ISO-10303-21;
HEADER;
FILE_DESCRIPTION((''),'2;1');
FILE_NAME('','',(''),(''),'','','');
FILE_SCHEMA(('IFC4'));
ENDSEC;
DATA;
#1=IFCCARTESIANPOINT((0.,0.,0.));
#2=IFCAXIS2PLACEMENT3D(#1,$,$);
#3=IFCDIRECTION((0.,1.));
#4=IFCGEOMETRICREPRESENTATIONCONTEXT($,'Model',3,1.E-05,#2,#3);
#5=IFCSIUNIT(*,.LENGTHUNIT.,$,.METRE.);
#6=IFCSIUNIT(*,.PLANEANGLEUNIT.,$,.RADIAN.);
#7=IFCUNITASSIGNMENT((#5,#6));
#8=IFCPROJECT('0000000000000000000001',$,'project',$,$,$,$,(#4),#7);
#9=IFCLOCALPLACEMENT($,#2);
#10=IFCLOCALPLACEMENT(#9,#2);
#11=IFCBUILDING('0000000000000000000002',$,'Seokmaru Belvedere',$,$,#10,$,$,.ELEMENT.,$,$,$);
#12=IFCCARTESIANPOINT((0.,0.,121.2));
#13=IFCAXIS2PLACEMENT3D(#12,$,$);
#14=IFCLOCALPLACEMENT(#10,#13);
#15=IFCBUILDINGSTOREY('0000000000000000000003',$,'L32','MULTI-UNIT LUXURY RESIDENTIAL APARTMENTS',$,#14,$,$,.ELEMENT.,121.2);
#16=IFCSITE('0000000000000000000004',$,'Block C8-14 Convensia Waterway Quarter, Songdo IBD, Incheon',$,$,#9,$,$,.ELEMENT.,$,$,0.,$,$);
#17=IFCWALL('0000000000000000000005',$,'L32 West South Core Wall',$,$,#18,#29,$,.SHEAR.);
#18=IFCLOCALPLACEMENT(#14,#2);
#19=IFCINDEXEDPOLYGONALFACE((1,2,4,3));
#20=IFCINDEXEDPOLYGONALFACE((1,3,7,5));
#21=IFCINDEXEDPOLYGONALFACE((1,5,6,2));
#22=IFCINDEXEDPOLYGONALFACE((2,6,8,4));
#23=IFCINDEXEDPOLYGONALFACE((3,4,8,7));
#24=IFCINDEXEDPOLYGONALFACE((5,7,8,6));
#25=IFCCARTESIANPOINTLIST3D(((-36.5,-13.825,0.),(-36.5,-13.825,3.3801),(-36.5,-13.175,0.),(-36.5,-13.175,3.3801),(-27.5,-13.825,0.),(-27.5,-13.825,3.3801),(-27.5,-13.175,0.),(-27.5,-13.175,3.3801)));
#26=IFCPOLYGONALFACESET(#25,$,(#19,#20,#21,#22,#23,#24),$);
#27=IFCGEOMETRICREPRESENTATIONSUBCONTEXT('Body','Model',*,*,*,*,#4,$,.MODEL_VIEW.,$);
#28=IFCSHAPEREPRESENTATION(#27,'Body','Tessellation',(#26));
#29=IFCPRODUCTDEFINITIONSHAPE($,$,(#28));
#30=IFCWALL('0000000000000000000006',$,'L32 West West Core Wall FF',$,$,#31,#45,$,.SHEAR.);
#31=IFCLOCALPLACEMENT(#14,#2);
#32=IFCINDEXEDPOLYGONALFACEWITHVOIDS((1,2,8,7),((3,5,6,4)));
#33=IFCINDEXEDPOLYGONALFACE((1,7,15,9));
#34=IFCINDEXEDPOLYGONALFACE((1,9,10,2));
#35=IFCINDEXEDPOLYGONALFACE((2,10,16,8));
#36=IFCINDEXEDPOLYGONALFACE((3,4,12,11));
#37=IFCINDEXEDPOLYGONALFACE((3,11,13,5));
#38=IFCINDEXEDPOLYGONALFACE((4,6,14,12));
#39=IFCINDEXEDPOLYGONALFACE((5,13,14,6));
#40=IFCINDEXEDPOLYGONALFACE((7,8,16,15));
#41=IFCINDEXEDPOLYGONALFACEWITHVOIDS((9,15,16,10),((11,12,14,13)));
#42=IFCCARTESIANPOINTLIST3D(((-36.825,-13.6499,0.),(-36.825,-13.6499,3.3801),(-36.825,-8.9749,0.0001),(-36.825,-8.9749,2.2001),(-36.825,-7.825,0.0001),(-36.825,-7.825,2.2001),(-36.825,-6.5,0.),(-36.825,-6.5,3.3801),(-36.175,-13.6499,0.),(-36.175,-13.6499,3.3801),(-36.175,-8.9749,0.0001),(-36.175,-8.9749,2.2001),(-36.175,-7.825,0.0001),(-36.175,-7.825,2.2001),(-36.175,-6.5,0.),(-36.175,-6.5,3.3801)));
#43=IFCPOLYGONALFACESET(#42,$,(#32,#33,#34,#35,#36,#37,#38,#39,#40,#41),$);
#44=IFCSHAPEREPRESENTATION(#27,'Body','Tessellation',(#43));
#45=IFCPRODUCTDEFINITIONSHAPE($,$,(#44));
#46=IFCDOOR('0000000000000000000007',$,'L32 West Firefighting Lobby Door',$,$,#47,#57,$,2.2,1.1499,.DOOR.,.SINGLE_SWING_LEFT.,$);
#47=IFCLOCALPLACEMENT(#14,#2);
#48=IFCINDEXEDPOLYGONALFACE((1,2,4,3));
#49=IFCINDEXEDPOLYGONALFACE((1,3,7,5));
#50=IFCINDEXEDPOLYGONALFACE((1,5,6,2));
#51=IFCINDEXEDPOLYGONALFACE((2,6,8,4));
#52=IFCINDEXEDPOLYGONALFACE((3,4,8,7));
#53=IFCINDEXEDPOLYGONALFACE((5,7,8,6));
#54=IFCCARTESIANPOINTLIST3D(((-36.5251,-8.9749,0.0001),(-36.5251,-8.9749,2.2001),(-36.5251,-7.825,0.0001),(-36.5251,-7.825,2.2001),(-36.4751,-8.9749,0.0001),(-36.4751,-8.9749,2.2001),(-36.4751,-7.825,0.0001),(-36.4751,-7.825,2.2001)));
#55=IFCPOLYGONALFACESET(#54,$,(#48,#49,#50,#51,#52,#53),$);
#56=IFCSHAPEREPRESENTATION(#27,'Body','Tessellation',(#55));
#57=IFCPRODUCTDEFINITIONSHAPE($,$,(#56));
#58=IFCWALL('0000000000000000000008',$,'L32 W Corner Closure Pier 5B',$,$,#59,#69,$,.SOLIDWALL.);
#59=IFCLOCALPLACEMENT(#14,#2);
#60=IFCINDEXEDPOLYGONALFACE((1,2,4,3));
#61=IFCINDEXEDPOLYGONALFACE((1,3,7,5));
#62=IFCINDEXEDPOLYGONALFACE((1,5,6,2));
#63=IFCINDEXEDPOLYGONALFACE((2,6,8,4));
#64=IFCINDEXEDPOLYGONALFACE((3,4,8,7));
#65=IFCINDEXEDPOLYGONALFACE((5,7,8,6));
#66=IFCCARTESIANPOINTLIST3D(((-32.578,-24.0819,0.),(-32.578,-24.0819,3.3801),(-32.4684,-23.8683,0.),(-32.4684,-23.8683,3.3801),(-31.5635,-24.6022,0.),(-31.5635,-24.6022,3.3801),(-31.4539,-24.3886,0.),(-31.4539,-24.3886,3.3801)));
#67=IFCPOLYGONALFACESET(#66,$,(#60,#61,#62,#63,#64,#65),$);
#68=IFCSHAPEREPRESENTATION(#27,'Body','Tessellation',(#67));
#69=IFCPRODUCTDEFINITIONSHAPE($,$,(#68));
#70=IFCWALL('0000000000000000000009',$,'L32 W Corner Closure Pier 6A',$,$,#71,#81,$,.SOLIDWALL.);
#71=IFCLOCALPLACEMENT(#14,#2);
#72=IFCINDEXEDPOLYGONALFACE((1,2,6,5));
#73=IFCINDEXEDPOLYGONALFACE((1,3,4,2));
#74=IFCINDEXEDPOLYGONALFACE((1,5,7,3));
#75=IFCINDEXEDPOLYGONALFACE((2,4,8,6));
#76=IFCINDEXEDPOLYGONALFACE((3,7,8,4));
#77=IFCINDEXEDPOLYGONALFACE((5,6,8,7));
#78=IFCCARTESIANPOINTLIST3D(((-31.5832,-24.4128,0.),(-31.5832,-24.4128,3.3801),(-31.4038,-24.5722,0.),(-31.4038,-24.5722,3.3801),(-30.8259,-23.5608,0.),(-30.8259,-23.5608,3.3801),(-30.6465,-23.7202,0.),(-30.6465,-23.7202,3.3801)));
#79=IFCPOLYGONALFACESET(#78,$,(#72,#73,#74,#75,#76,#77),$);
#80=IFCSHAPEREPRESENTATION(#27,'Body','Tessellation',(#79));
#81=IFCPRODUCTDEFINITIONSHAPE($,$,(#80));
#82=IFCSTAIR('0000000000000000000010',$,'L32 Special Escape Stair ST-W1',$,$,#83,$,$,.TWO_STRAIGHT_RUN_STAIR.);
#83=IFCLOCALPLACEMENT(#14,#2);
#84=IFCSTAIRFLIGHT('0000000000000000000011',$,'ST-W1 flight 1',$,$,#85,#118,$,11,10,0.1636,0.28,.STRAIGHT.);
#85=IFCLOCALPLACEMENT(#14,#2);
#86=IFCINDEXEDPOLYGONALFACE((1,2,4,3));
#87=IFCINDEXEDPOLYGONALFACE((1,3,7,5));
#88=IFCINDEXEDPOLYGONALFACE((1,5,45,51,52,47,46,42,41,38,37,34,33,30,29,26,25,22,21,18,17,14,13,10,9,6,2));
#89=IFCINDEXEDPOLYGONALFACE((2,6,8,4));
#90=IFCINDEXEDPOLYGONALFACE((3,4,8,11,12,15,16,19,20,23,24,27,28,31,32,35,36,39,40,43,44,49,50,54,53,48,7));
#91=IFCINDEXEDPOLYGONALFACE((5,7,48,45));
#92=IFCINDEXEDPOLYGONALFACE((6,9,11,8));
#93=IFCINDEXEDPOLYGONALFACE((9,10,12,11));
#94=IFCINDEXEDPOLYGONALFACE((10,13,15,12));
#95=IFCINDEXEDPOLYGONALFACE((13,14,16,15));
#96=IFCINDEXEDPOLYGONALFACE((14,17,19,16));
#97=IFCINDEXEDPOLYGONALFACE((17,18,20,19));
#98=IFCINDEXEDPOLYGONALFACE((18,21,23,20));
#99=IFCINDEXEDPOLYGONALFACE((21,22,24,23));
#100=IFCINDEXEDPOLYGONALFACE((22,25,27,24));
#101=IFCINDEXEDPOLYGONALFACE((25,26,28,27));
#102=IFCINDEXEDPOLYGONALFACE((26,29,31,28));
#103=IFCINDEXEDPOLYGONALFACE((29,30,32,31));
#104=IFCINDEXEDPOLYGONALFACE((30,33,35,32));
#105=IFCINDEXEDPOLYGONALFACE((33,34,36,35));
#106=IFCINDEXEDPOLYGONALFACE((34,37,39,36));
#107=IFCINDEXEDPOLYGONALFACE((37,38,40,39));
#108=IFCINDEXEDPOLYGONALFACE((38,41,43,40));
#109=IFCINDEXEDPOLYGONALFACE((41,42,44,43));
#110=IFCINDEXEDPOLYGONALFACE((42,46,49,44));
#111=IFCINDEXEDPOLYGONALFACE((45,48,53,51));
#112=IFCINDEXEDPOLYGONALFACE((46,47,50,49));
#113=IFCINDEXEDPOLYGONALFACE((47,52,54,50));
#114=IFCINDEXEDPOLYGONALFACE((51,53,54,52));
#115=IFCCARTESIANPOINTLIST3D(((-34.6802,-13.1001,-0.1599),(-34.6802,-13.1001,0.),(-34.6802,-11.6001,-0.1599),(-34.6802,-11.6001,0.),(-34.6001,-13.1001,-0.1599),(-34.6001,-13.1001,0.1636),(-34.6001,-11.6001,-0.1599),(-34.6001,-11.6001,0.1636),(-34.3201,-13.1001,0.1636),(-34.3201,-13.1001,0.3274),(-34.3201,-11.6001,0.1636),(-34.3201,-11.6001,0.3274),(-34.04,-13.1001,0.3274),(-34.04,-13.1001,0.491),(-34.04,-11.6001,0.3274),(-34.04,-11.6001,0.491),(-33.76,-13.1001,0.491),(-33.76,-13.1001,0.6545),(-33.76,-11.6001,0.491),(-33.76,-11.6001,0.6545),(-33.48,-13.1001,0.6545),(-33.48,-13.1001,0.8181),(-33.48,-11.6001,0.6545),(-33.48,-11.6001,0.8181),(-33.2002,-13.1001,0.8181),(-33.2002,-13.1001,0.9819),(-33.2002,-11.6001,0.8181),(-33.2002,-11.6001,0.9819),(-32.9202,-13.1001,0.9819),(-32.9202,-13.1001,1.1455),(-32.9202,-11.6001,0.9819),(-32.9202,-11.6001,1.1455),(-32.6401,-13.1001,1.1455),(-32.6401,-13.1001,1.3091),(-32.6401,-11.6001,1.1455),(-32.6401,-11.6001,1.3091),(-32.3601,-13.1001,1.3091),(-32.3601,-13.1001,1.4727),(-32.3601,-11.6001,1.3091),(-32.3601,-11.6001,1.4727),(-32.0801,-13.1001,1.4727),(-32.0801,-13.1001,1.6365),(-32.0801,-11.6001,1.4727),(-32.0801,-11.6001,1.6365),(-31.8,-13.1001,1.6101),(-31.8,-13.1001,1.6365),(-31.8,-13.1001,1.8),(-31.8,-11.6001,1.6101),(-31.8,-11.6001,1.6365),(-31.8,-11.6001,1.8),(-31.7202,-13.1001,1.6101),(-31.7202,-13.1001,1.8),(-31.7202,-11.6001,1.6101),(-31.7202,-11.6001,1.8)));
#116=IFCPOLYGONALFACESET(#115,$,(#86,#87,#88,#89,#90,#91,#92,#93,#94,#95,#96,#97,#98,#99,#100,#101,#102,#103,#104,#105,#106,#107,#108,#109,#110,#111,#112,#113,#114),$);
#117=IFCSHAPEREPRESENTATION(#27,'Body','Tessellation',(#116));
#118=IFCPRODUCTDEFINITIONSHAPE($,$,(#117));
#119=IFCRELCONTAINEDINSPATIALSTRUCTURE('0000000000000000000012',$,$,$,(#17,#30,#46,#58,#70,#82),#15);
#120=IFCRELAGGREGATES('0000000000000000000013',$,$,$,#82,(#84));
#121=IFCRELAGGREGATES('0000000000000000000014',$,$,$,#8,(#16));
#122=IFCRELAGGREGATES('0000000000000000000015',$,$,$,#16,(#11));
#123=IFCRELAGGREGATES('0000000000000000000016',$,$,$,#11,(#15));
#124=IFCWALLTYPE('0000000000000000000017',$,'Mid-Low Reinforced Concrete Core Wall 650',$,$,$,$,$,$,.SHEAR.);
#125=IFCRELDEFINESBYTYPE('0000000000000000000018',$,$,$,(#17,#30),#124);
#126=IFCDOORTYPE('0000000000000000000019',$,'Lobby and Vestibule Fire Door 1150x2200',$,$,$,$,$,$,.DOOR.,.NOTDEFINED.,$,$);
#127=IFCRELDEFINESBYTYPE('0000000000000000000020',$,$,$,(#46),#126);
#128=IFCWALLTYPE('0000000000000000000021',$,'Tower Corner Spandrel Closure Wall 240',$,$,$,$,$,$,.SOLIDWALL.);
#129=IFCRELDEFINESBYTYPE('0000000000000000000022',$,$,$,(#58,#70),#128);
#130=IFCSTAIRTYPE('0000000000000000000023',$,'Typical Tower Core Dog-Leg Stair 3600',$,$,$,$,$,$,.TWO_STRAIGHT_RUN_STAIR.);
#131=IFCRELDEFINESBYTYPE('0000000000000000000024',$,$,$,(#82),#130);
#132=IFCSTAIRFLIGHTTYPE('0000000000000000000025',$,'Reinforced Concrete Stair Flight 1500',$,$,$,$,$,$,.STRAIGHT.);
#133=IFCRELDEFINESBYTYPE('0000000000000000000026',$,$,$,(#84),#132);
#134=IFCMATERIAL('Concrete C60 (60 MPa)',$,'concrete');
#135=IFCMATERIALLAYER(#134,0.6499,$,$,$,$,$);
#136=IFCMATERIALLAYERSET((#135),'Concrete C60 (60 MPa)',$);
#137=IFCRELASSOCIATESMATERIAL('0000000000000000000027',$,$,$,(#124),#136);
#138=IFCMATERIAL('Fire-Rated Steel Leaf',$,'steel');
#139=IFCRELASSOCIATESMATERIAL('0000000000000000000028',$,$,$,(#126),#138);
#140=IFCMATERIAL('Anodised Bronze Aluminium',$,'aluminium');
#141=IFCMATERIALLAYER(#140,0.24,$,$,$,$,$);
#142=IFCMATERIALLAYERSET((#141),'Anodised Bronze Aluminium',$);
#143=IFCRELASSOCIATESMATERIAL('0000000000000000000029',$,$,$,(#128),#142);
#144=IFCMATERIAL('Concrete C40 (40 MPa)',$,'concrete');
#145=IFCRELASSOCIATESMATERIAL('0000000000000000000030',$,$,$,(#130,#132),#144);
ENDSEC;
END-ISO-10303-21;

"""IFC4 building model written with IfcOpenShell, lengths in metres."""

from ifc_helpers import new_model, si_unit, direction, frame, frame_2d, origin, place, context, subcontext, project, spatial, polyline, rectangle, outline, extrude, source, transform, mapped, material, layer, layer_set, type_object, type_shapes, element, fill, aggregate, save


model = new_model("IFC4")

# Units and contexts
model_context = context("Model", 3, precision=1e-05, world=origin(), true_north=direction((0.0, 1.0)))
body_context = subcontext(model_context, "Body", "Model", "MODEL_VIEW")
ifc_project = project(units=[si_unit("LENGTHUNIT", "METRE"), si_unit("PLANEANGLEUNIT", "RADIAN")], contexts=[model_context])

# Site, building, storey
site_placement = place(None, origin())
site = spatial("IfcSite", under=ifc_project, at=site_placement, Name="Block C8-14 Convensia Waterway Quarter, Songdo IBD, Incheon", CompositionType="ELEMENT", RefElevation=0.0)
building_placement = place(site_placement, origin())
building = spatial("IfcBuilding", under=site, at=building_placement, Name="Seokmaru Belvedere", CompositionType="ELEMENT")
storey_placement = place(building_placement, frame((0.0, 0.0, 121.2)))
storey = spatial("IfcBuildingStorey", under=building, at=storey_placement, Name="L32", Description="MULTI-UNIT LUXURY RESIDENTIAL APARTMENTS", CompositionType="ELEMENT", Elevation=121.2)

# Shared definitions
ifc_material_1 = material(Name="Anodised Bronze Aluminium", Category="aluminium")

# Wall
ifc_material_2 = material(Name="Concrete C60 (60 MPa)", Category="concrete")
ifc_layer_1 = layer(ifc_material_2, 0.6499)
ifc_layer_set_1 = layer_set([ifc_layer_1], Name="Concrete C60 (60 MPa)")
wall_type_1 = type_object("IfcWallType", Name="Mid-Low Reinforced Concrete Core Wall 650", PredefinedType="SHEAR", material=ifc_layer_set_1)
wall_1_placement = place(storey_placement, frame((-36.5, -13.5, 0.0), z_axis=(0.0, 0.0, 1.0), x_axis=(1.0, 0.0, 0.0)))
element("IfcWall", 1, at=wall_1_placement, inside=storey, type_object=wall_type_1, Name="L32 West South Core Wall", PredefinedType="SHEAR", context=body_context, shape_type="SweptSolid", body=[
    extrude(rectangle(XDim=9.0, YDim=0.6499, at=frame_2d((4.5, 0.0))), origin(), (0.0, 0.0, 1.0), 3.3801),
])

# Wall, opening, door
wall_2_placement = place(storey_placement, frame((-36.5, -13.6499, 0.0), z_axis=(0.0, 0.0, 1.0), x_axis=(0.0, 1.0, 0.0)))
wall_2 = element("IfcWall", 2, at=wall_2_placement, inside=storey, type_object=wall_type_1, Name="L32 West West Core Wall FF", PredefinedType="SHEAR", context=body_context, shape_type="SweptSolid", body=[
    extrude(rectangle(XDim=7.1499, YDim=0.6499, at=frame_2d((3.575, 0.0))), origin(), (0.0, 0.0, 1.0), 3.3801),
])
opening_placement = place(wall_2_placement, frame((4.675, 0.0, 0.0)))
opening = element("IfcOpeningElement", 3, at=opening_placement, cuts=wall_2, PredefinedType="OPENING", context=body_context, shape_type="SweptSolid", body=[
    extrude(rectangle(XDim=1.1499, YDim=2.2, at=frame_2d((0.575, 1.1001))), frame((0.0, 0.335, 0.0), z_axis=(0.0, -1.0, 0.0), x_axis=(1.0, 0.0, 0.0)), (0.0, 0.0, 1.0), 0.6699),
])
ifc_material_3 = material(Name="Fire-Rated Steel Leaf", Category="steel")
door_type = type_object("IfcDoorType", Name="Lobby and Vestibule Fire Door 1150x2200", OperationType="NOTDEFINED", PredefinedType="DOOR", material=ifc_material_3)
shared_shape_1 = source(origin(), body_context, "Body", "SweptSolid", [
    extrude(rectangle(XDim=1.1499, YDim=2.2, at=frame_2d((0.575, 1.1001))), frame((0.0, 0.0249, 0.0), z_axis=(0.0, -1.0, 0.0), x_axis=(1.0, 0.0, 0.0)), (0.0, 0.0, 1.0), 0.05),
])
type_shapes(door_type, [shared_shape_1])
door_placement = place(opening_placement, frame((1.1499, 0.0, 0.0), z_axis=(0.0, 0.0, 1.0), x_axis=(-1.0, 0.0, 0.0)))
door = element("IfcDoor", 4, at=door_placement, inside=storey, type_object=door_type, Name="L32 West Firefighting Lobby Door", OperationType="SINGLE_SWING_LEFT", OverallHeight=2.2, OverallWidth=1.1499, PredefinedType="DOOR", context=body_context, shape_type="MappedRepresentation", body=[
    mapped(shared_shape_1, transform((0.0, 0.0, 0.0), scale=1.0)),
])
fill(opening, door)

# Walls
ifc_layer_2 = layer(ifc_material_1, 0.24)
ifc_layer_set_2 = layer_set([ifc_layer_2], Name="Anodised Bronze Aluminium")
wall_type_2 = type_object("IfcWallType", Name="Tower Corner Spandrel Closure Wall 240", PredefinedType="SOLIDWALL", material=ifc_layer_set_2)
wall_3_placement = place(storey_placement, frame((-32.5232, -23.9751, 0.0), z_axis=(0.0, 0.0, 1.0), x_axis=(0.889797, -0.456356, 0.0)))
element("IfcWall", 5, at=wall_3_placement, inside=storey, type_object=wall_type_2, Name="L32 W Corner Closure Pier 5B", PredefinedType="SOLIDWALL", context=body_context, shape_type="SweptSolid", body=[
    extrude(rectangle(XDim=1.1401, YDim=0.24, at=frame_2d((0.5701, 0.0))), origin(), (0.0, 0.0, 1.0), 3.3801),
])
wall_4_placement = place(storey_placement, frame((-31.4934, -24.4924, 0.0), z_axis=(0.0, 0.0, 1.0), x_axis=(0.664337, 0.747433, 0.0)))
element("IfcWall", 6, at=wall_4_placement, inside=storey, type_object=wall_type_2, Name="L32 W Corner Closure Pier 6A", PredefinedType="SOLIDWALL", context=body_context, shape_type="SweptSolid", body=[
    extrude(rectangle(XDim=1.1399, YDim=0.24, at=frame_2d((0.5698, 0.0))), origin(), (0.0, 0.0, 1.0), 3.3801),
])

# Stair, stair flight
ifc_material_4 = material(Name="Concrete C40 (40 MPa)", Category="concrete")
stair_type = type_object("IfcStairType", Name="Typical Tower Core Dog-Leg Stair 3600", PredefinedType="TWO_STRAIGHT_RUN_STAIR", material=ifc_material_4)
stair_placement = place(storey_placement, origin())
stair = element("IfcStair", 7, at=stair_placement, inside=storey, type_object=stair_type, Name="L32 Special Escape Stair ST-W1", PredefinedType="TWO_STRAIGHT_RUN_STAIR")
stair_flight_type = type_object("IfcStairFlightType", Name="Reinforced Concrete Stair Flight 1500", PredefinedType="STRAIGHT", material=ifc_material_4)
stair_flight_placement = place(storey_placement, frame((-34.6001, -12.3501, 0.0), z_axis=(0.0, 0.0, 1.0), x_axis=(1.0, 0.0, 0.0)))
stair_flight = element("IfcStairFlight", 8, at=stair_flight_placement, type_object=stair_flight_type, Name="ST-W1 flight 1", NumberOfRisers=11, NumberOfTreads=10, PredefinedType="STRAIGHT", RiserHeight=0.1636, TreadLength=0.28, context=body_context, shape_type="SweptSolid", body=[
    extrude(outline(polyline([(-0.0801, 0.0), (0.0, 0.1636), (0.28, 0.1636), (0.28, 0.3274), (0.5601, 0.3274), (0.5601, 0.491), (0.8401, 0.491), (0.8401, 0.6545), (1.1201, 0.6545), (1.1201, 0.8181), (1.3999, 0.8181), (1.3999, 0.9819), (1.6799, 0.9819), (1.6799, 1.1455), (1.96, 1.1455), (1.96, 1.3091), (2.24, 1.3091), (2.24, 1.4727), (2.52, 1.4727), (2.52, 1.6365), (2.8, 1.6365), (2.8, 1.8), (2.8799, 1.8), (2.8799, 1.6101), (2.8, 1.6101), (0.0, -0.1599), (-0.0801, -0.1599), (-0.0801, 0.0)])), frame((0.0, 0.75, 0.0), z_axis=(0.0, -1.0, 0.0), x_axis=(1.0, 0.0, 0.0)), (0.0, 0.0, 1.0), 1.5),
])
aggregate(stair, [stair_flight])

save(model, "model.ifc")
